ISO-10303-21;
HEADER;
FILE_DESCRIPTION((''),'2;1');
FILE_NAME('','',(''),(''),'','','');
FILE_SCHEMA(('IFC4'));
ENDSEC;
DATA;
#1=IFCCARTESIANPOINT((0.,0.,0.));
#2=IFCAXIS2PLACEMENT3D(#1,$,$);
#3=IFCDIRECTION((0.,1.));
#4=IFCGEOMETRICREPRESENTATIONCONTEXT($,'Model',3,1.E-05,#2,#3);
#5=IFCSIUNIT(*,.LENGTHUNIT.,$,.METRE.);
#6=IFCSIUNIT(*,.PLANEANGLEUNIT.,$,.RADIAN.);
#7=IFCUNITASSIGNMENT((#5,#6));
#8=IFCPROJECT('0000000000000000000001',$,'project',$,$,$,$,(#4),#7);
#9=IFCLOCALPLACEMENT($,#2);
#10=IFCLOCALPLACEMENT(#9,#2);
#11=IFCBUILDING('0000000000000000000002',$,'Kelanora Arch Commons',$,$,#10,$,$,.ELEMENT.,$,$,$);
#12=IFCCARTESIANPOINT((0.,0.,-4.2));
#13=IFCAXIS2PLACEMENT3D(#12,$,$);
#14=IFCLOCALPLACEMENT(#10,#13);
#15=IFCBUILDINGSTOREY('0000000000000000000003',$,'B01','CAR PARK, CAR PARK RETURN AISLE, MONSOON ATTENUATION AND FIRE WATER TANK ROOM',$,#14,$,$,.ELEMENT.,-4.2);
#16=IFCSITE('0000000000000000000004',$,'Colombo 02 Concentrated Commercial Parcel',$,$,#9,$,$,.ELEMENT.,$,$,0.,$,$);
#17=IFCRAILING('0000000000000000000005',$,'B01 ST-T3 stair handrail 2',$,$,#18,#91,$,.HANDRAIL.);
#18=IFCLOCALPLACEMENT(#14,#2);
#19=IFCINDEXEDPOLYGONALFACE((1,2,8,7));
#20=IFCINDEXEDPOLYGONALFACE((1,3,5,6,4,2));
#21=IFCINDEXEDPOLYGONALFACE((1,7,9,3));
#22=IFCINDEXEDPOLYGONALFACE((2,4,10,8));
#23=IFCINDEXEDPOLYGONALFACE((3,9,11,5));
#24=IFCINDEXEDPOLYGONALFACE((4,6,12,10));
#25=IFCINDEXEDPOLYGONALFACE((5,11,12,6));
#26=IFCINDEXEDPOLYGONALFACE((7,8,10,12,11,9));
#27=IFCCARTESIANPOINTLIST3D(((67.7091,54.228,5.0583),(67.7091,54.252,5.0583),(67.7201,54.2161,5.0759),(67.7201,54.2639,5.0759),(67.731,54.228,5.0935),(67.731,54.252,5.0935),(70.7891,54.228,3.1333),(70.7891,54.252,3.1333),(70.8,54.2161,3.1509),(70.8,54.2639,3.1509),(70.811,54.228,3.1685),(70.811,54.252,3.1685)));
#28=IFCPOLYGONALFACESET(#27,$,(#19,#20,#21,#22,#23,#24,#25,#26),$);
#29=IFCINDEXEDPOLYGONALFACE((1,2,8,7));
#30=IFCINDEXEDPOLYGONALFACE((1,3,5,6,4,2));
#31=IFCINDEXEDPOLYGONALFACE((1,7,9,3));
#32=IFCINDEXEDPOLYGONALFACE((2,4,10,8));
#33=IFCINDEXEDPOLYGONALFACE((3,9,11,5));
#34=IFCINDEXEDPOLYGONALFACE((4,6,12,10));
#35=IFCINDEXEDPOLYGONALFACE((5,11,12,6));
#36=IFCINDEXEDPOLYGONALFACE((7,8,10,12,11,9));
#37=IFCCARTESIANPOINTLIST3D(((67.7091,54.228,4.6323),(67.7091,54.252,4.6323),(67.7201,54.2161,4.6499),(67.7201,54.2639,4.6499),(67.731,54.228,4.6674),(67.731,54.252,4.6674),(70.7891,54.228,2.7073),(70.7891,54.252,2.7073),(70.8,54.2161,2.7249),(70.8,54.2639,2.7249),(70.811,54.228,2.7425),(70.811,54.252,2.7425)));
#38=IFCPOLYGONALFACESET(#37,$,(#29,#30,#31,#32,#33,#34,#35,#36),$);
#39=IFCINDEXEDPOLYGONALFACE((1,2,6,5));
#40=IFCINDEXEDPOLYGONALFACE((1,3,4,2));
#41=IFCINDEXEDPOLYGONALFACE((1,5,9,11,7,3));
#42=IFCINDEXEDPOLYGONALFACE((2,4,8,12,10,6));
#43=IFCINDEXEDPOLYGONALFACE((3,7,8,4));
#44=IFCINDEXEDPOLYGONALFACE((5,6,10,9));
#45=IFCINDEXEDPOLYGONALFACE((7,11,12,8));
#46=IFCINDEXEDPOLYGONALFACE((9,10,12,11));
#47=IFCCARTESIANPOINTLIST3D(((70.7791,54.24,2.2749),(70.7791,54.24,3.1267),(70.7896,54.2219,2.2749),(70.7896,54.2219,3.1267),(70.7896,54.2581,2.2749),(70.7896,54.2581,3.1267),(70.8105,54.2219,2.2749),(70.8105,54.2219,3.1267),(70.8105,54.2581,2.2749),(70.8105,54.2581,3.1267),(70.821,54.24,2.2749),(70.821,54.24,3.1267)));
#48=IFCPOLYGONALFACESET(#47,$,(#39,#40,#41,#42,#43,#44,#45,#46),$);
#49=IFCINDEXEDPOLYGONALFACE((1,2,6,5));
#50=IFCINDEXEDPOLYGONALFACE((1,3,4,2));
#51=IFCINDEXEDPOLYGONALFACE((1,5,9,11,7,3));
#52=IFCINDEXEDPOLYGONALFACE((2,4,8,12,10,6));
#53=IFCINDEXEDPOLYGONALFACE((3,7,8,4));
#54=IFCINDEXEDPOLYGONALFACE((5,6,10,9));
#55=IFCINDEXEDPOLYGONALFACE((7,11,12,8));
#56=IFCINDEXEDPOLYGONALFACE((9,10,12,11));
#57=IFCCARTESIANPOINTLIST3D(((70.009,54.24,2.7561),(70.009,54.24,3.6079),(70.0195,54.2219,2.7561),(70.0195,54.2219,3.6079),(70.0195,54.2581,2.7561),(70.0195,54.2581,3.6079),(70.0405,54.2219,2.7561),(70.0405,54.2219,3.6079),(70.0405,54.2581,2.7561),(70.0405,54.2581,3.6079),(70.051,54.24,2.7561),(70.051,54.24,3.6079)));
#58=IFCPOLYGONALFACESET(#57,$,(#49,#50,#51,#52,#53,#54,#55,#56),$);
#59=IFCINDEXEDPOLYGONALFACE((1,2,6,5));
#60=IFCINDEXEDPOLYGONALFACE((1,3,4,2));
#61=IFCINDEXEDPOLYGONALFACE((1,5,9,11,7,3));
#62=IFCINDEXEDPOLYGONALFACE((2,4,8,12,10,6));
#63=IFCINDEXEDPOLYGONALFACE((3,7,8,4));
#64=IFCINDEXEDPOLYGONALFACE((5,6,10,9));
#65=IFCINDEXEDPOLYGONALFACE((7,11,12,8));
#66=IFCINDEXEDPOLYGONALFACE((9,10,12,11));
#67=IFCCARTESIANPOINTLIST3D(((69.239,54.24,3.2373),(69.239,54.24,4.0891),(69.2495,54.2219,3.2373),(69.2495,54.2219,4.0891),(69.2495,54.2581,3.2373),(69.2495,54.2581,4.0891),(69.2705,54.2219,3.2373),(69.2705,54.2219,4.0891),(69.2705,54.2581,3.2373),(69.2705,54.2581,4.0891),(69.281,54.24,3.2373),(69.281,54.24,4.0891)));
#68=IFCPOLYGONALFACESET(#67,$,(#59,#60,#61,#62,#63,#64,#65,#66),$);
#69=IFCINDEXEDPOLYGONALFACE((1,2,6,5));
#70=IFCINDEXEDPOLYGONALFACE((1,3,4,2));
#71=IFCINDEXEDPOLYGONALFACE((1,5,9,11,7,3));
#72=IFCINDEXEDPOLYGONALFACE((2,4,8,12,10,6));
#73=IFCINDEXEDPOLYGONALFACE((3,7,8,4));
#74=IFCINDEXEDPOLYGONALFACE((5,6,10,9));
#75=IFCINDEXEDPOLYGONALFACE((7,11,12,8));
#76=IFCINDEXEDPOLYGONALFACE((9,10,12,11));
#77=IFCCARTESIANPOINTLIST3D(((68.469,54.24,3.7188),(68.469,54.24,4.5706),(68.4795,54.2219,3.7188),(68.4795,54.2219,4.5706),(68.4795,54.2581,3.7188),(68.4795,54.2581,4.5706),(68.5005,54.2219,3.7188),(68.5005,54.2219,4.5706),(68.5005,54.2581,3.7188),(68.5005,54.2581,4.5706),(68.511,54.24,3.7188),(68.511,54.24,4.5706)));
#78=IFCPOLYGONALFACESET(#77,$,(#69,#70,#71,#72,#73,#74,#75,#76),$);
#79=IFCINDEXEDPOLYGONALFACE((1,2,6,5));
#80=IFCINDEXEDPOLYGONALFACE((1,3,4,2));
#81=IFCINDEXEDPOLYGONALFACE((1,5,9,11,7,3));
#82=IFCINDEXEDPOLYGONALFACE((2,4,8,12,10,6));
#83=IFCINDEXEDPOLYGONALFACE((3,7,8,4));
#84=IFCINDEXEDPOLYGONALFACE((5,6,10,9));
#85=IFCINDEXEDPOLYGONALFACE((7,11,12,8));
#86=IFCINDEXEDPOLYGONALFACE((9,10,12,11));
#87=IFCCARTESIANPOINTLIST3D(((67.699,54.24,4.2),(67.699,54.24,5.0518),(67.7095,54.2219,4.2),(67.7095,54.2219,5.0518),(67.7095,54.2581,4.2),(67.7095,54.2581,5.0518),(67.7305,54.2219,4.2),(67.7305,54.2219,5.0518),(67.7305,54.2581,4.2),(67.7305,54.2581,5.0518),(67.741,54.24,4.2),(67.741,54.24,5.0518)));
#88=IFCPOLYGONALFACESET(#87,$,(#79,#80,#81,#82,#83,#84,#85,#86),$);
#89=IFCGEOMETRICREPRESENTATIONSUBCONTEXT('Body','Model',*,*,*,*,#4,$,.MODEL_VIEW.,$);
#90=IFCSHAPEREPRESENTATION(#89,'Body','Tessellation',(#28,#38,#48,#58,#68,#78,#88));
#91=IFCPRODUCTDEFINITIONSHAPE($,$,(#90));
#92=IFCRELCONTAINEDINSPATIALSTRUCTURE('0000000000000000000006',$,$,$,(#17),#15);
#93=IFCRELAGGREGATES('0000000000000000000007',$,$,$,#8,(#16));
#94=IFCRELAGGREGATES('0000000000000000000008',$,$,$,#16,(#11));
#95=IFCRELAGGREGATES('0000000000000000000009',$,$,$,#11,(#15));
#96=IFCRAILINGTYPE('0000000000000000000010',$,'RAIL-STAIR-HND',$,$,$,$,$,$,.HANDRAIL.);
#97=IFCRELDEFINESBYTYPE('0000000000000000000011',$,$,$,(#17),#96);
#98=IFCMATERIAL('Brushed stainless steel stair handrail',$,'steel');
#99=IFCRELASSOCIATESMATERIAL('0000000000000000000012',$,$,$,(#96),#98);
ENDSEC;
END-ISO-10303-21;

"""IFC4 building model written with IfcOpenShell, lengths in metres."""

from ifc_helpers import new_model, si_unit, direction, frame, origin, place, context, subcontext, project, spatial, polyline, outline, extrude, material, type_object, element, save


model = new_model("IFC4")

# Units and contexts
model_context = context("Model", 3, precision=1e-05, world=origin(), true_north=direction((0.0, 1.0)))
body_context = subcontext(model_context, "Body", "Model", "MODEL_VIEW")
ifc_project = project(units=[si_unit("LENGTHUNIT", "METRE"), si_unit("PLANEANGLEUNIT", "RADIAN")], contexts=[model_context])

# Site, building, storey
site_placement = place(None, origin())
site = spatial("IfcSite", under=ifc_project, at=site_placement, Name="Colombo 02 Concentrated Commercial Parcel", CompositionType="ELEMENT", RefElevation=0.0)
building_placement = place(site_placement, origin())
building = spatial("IfcBuilding", under=site, at=building_placement, Name="Kelanora Arch Commons", CompositionType="ELEMENT")
storey_placement = place(building_placement, frame((0.0, 0.0, -4.2)))
storey = spatial("IfcBuildingStorey", under=building, at=storey_placement, Name="B01", Description="CAR PARK, CAR PARK RETURN AISLE, MONSOON ATTENUATION AND FIRE WATER TANK ROOM", CompositionType="ELEMENT", Elevation=-4.2)

# Railing
ifc_material_1 = material(Name="Brushed stainless steel stair handrail", Category="steel")
railing_type_1 = type_object("IfcRailingType", Name="RAIL-STAIR-HND", PredefinedType="HANDRAIL", material=ifc_material_1)
railing_1_placement = place(storey_placement, frame((70.8, 54.24, 2.2749)))
element("IfcRailing", 1, at=railing_1_placement, inside=storey, type_object=railing_type_1, Name="B01 ST-T3 stair handrail 2", PredefinedType="HANDRAIL", context=body_context, shape_type="SweptSolid", body=[
    extrude(outline(polyline([(0.0239, 0.0), (0.012, 0.0208), (-0.012, 0.0208), (-0.0239, 0.0), (-0.012, -0.0208), (0.012, -0.0208), (0.0239, 0.0)])), frame((0.0, 0.0, 0.876), z_axis=(-0.847998, 0.0, 0.529999), x_axis=(0.0, -1.0, 0.0)), (0.0, 0.0, 1.0), 3.6321),
    extrude(outline(polyline([(0.0239, 0.0), (0.012, 0.0208), (-0.012, 0.0208), (-0.0239, 0.0), (-0.012, -0.0208), (0.012, -0.0208), (0.0239, 0.0)])), frame((0.0, 0.0, 0.45), z_axis=(-0.847998, 0.0, 0.529999), x_axis=(0.0, -1.0, 0.0)), (0.0, 0.0, 1.0), 3.6321),
    extrude(outline(polyline([(0.021, 0.0), (0.0105, 0.0181), (-0.0105, 0.0181), (-0.021, 0.0), (-0.0105, -0.0181), (0.0105, -0.0181), (0.021, 0.0)])), origin(), (0.0, 0.0, 1.0), 0.8518),
    extrude(outline(polyline([(0.021, 0.0), (0.0105, 0.0181), (-0.0105, 0.0181), (-0.021, 0.0), (-0.0105, -0.0181), (0.0105, -0.0181), (0.021, 0.0)])), frame((-0.77, 0.0, 0.4812)), (0.0, 0.0, 1.0), 0.8518),
    extrude(outline(polyline([(0.021, 0.0), (0.0105, 0.0181), (-0.0105, 0.0181), (-0.021, 0.0), (-0.0105, -0.0181), (0.0105, -0.0181), (0.021, 0.0)])), frame((-1.54, 0.0, 0.9624)), (0.0, 0.0, 1.0), 0.8518),
    extrude(outline(polyline([(0.021, 0.0), (0.0105, 0.0181), (-0.0105, 0.0181), (-0.021, 0.0), (-0.0105, -0.0181), (0.0105, -0.0181), (0.021, 0.0)])), frame((-2.3101, 0.0, 1.4438)), (0.0, 0.0, 1.0), 0.8518),
    extrude(outline(polyline([(0.021, 0.0), (0.0105, 0.0181), (-0.0105, 0.0181), (-0.021, 0.0), (-0.0105, -0.0181), (0.0105, -0.0181), (0.021, 0.0)])), frame((-3.0801, 0.0, 1.925)), (0.0, 0.0, 1.0), 0.8518),
])

save(model, "model.ifc")
